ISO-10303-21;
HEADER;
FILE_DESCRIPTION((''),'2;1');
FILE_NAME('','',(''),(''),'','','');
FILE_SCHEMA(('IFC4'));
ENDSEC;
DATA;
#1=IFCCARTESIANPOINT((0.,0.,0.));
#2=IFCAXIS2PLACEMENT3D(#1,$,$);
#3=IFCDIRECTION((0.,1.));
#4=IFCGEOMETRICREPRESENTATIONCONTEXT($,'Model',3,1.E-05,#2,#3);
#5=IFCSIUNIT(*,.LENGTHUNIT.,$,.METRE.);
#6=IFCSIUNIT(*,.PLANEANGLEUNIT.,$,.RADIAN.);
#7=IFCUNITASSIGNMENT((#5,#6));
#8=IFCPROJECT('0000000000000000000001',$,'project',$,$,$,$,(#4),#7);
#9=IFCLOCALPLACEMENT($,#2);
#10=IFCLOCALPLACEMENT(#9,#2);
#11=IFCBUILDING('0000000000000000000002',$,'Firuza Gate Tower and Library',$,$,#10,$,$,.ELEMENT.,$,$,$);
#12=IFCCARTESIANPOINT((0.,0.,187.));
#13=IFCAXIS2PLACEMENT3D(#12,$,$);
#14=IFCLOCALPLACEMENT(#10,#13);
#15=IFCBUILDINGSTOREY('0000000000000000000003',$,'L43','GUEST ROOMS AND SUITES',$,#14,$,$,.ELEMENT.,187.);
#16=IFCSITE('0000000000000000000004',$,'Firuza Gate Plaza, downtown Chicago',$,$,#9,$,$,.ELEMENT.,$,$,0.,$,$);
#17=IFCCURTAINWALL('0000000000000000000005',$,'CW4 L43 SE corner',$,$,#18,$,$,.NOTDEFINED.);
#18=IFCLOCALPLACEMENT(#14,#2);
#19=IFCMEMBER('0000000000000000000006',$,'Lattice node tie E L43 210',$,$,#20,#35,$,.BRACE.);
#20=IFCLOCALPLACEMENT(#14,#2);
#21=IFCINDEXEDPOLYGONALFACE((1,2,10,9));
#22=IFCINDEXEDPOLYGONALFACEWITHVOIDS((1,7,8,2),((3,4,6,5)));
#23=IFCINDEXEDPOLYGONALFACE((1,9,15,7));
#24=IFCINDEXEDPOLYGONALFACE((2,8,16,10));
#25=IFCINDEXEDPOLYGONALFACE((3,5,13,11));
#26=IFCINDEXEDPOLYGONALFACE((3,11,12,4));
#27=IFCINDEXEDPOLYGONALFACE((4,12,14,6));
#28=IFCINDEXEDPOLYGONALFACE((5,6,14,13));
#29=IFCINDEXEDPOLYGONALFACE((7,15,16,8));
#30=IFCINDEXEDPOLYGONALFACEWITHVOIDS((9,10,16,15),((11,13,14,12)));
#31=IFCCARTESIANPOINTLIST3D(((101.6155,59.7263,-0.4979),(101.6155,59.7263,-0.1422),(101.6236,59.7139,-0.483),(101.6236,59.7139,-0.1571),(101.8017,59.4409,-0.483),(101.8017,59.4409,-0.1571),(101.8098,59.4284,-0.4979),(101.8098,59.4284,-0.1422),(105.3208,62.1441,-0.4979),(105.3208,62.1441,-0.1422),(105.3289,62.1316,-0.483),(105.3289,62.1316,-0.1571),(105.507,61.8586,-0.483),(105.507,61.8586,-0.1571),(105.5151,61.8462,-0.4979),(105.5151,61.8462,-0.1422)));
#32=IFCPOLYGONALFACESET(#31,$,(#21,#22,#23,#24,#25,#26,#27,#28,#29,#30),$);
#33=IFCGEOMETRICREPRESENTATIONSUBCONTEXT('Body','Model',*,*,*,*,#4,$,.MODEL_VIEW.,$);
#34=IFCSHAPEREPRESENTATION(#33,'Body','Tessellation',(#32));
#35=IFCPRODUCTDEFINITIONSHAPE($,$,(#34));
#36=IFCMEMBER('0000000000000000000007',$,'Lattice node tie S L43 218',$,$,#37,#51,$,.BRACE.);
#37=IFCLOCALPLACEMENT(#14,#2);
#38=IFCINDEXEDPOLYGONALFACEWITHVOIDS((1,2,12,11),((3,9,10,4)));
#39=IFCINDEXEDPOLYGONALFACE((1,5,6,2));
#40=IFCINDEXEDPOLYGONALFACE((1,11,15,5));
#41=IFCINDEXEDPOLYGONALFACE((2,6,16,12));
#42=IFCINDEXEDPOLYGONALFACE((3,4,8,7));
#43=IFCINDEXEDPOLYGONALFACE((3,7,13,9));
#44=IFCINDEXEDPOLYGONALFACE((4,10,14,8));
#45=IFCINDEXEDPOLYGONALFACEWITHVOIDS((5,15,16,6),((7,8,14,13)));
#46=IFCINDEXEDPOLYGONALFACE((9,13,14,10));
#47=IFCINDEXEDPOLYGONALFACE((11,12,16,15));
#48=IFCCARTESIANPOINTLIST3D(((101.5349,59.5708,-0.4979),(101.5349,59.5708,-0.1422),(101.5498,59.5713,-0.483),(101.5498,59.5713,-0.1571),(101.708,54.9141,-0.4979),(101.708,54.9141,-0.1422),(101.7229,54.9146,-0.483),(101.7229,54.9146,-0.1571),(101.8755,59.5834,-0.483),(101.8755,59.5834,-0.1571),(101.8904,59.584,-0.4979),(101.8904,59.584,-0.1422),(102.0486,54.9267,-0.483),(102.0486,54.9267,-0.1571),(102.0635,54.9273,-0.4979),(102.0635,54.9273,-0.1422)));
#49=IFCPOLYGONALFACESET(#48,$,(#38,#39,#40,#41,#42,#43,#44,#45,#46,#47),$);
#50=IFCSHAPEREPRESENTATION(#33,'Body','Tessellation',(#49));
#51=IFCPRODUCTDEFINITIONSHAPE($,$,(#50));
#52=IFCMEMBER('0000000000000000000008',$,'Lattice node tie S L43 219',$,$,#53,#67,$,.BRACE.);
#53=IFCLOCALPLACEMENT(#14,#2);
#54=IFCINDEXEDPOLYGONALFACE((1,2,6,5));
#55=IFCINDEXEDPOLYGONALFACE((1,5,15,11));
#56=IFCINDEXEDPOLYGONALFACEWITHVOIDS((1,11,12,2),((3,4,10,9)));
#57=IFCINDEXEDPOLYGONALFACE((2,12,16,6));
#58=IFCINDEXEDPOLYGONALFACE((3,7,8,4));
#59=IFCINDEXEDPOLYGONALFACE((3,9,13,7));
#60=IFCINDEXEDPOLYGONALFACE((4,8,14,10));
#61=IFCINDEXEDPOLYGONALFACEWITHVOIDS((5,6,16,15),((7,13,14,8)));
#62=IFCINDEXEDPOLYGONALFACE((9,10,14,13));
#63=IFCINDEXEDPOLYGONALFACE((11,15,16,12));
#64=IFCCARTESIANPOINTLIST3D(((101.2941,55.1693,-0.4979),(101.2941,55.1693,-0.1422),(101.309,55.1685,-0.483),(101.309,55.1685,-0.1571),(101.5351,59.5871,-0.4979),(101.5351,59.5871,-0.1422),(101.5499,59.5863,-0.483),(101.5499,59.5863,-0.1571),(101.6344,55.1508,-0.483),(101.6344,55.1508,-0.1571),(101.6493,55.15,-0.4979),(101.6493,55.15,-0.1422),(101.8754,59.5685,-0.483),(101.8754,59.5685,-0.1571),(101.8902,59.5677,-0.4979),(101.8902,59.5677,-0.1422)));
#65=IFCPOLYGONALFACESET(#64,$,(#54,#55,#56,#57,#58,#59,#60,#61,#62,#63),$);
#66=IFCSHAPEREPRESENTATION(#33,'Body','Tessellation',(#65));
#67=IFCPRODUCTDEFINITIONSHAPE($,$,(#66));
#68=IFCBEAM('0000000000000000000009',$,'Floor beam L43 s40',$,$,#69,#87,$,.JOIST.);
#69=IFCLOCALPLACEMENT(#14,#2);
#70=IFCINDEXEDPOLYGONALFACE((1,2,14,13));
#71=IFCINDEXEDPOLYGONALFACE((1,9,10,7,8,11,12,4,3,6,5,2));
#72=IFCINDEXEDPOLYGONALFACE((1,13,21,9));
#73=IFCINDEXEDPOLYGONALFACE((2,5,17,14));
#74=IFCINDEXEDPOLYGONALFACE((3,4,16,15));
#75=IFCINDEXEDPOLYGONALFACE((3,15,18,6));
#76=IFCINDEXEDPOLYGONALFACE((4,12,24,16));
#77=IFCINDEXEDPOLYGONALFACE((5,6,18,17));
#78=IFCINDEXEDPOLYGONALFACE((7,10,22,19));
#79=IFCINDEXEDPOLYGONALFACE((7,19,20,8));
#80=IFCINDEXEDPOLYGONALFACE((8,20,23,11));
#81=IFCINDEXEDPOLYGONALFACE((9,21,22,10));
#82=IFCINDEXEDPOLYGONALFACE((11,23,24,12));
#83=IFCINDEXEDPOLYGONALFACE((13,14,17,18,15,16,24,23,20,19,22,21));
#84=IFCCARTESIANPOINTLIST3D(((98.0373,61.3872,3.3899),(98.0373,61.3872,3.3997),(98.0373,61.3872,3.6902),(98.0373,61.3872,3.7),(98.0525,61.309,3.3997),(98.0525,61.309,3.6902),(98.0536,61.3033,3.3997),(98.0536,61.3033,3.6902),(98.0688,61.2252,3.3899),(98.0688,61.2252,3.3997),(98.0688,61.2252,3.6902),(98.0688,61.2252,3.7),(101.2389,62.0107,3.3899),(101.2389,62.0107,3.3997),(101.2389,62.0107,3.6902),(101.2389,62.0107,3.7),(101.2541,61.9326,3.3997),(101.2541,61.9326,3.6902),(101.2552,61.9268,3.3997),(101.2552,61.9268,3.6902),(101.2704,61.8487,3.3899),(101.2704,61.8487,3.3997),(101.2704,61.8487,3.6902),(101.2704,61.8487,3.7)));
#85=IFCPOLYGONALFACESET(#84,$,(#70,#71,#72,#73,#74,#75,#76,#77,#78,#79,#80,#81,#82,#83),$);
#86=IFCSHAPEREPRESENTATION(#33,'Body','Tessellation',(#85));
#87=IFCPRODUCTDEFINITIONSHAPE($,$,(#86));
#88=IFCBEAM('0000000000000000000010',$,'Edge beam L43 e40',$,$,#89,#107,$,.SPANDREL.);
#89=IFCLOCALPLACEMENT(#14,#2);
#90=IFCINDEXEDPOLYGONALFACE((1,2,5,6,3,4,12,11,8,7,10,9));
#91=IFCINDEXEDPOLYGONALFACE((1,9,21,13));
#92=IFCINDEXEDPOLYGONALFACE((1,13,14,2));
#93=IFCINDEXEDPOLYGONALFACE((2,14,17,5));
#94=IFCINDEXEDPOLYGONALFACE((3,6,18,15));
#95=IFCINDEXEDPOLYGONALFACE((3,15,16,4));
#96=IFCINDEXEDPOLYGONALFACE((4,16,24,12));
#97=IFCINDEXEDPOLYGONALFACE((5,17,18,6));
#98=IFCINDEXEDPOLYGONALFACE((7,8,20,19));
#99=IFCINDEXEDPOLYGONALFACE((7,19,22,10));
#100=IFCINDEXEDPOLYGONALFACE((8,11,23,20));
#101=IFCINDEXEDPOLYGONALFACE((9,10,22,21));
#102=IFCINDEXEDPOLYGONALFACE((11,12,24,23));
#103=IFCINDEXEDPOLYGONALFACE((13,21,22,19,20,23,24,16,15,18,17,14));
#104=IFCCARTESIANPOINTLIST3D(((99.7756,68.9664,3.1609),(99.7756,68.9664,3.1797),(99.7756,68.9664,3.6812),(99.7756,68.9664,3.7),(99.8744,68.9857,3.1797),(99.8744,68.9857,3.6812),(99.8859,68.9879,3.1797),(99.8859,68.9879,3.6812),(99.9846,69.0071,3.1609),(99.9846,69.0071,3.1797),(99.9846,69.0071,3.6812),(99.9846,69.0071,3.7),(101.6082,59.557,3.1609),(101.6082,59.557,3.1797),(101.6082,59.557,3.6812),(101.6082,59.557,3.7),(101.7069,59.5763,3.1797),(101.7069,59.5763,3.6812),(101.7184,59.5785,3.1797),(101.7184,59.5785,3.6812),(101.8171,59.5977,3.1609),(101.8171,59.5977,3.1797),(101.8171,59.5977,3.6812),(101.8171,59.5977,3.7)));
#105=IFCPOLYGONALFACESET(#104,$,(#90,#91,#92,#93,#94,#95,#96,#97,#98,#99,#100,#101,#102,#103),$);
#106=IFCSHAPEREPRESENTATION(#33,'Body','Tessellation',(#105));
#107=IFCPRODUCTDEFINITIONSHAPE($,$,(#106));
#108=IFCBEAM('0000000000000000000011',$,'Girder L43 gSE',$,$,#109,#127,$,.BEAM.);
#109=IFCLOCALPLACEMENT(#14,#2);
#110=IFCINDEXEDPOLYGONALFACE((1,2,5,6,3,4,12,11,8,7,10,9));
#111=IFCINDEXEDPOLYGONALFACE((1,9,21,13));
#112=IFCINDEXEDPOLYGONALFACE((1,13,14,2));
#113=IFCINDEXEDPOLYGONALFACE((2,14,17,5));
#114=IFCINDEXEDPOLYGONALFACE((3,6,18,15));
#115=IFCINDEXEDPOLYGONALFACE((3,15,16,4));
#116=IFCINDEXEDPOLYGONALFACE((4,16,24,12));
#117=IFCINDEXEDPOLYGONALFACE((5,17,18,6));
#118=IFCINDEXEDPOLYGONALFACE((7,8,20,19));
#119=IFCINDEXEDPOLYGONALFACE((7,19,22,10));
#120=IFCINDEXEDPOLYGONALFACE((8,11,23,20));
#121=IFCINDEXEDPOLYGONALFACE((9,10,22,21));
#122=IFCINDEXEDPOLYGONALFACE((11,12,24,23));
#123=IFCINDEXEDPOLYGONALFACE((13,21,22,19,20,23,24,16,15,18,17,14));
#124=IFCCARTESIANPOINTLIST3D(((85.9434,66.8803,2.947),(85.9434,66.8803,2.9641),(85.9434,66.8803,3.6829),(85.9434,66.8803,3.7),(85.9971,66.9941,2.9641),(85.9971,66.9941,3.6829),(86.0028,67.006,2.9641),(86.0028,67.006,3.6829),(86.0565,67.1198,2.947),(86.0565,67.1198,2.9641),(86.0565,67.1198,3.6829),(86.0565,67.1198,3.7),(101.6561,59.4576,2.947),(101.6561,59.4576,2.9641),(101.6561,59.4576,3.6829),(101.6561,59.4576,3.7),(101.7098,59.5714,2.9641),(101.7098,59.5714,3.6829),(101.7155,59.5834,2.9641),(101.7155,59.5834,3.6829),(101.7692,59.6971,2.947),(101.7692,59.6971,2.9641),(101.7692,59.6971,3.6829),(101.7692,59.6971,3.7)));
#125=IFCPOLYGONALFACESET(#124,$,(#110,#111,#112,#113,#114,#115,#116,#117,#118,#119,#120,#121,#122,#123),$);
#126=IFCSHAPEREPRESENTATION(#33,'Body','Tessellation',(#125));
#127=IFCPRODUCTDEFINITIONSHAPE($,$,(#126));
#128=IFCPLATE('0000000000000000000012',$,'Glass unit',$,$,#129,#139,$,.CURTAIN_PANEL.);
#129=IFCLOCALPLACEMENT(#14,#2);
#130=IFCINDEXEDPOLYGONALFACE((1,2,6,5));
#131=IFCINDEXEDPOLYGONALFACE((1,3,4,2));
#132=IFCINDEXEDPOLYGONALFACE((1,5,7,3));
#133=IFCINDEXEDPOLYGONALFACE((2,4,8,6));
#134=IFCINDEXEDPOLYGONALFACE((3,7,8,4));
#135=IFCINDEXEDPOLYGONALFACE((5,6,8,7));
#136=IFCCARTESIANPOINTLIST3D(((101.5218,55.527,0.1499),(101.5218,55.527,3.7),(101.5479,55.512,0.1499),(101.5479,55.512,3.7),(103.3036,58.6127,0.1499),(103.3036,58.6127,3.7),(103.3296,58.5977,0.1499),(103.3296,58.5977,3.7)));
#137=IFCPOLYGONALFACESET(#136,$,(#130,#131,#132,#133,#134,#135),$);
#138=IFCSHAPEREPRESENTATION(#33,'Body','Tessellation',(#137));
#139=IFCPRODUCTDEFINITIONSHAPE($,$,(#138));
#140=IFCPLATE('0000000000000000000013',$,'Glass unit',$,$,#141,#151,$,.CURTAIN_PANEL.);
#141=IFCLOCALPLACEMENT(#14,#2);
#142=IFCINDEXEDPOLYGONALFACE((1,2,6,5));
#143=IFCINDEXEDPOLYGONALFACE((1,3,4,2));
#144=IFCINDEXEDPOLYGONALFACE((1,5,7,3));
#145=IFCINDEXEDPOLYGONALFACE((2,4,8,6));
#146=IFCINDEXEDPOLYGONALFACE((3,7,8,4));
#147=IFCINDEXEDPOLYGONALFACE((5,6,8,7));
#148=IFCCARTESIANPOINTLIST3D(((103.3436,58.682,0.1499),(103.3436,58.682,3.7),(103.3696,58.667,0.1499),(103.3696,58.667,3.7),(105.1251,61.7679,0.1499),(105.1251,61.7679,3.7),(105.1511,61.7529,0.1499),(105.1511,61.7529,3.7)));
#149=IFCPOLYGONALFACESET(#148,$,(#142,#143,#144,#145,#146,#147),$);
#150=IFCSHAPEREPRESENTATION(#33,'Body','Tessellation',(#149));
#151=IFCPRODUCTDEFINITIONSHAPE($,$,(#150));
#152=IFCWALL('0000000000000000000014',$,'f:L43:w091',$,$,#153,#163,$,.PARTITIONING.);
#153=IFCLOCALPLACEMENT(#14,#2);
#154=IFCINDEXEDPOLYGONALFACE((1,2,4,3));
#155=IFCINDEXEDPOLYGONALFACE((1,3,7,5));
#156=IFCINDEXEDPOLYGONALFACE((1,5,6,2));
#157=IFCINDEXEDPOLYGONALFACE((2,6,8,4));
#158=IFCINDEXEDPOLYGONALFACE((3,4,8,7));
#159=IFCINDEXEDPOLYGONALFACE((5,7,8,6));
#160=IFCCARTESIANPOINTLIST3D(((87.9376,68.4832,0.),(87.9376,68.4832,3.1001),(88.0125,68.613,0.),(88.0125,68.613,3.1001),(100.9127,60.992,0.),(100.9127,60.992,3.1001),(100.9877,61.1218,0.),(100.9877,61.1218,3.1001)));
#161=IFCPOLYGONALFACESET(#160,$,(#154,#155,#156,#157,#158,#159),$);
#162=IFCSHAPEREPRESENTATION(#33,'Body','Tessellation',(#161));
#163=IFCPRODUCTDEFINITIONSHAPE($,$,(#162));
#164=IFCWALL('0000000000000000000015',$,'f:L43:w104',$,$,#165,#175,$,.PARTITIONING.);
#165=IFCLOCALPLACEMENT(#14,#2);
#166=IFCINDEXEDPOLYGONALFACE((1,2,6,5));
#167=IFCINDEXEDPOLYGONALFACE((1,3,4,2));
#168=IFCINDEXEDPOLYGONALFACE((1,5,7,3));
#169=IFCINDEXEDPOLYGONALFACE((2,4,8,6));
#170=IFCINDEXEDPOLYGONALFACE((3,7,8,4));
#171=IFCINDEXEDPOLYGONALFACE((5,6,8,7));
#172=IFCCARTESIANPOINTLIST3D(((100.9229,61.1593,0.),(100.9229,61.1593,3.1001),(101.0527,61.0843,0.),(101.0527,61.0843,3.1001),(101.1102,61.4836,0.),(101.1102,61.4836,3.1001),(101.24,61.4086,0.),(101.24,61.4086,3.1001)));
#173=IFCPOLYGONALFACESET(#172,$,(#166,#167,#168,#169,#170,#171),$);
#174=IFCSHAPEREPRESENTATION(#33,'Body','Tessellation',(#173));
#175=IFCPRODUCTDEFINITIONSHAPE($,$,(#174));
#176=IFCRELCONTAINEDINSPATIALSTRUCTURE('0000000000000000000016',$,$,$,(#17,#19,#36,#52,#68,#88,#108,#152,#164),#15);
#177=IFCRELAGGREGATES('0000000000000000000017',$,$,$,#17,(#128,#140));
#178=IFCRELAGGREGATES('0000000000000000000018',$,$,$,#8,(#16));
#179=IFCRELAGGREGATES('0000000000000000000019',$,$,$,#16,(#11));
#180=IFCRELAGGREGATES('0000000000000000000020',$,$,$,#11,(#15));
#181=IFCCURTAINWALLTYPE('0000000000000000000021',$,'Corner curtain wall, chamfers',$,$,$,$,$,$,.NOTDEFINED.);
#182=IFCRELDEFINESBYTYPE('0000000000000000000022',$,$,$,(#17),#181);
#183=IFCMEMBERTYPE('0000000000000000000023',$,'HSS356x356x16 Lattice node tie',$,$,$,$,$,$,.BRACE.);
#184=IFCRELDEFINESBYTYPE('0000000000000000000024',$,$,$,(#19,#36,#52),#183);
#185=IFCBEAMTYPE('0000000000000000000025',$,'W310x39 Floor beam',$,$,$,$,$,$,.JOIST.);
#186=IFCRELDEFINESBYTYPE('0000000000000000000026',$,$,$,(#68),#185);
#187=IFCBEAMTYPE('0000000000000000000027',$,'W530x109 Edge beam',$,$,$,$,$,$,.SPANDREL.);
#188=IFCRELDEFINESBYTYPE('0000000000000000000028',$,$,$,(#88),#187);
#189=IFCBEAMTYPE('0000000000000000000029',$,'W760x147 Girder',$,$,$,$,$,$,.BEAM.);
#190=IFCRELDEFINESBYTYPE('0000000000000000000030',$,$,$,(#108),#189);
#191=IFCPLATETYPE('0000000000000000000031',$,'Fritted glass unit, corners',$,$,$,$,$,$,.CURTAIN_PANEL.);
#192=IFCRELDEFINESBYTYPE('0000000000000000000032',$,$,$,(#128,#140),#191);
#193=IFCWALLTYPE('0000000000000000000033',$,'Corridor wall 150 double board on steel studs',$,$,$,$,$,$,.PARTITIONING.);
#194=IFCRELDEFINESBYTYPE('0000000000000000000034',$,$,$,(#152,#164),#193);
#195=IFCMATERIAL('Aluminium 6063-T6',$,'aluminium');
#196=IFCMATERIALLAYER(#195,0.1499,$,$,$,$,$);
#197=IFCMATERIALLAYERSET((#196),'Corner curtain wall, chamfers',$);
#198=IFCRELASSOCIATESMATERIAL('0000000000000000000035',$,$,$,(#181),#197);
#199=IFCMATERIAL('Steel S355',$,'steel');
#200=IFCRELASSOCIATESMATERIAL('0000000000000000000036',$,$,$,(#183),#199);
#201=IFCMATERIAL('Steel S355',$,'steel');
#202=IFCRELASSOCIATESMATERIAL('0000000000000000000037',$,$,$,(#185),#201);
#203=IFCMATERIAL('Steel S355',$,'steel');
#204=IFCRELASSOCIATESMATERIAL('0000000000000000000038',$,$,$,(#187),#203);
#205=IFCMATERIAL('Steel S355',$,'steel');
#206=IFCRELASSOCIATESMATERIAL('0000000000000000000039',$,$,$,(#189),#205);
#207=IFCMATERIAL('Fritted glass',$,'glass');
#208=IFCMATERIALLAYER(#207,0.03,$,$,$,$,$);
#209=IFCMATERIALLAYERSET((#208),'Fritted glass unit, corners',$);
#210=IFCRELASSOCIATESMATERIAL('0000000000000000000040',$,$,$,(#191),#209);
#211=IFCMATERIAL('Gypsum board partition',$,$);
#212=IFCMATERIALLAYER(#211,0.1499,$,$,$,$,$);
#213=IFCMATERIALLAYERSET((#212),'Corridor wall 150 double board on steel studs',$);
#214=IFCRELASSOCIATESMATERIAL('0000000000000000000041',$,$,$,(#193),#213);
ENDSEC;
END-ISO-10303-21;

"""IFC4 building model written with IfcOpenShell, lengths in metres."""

from ifc_helpers import new_model, si_unit, direction, frame, frame_2d, origin, origin_2d, place, context, subcontext, project, spatial, polyline, rectangle, hollow_rectangle, i_section, outline, extrude, material, layer, layer_set, material_profile, profile_set, type_object, element, aggregate, save


model = new_model("IFC4")

# Units and contexts
model_context = context("Model", 3, precision=1e-05, world=origin(), true_north=direction((0.0, 1.0)))
body_context = subcontext(model_context, "Body", "Model", "MODEL_VIEW")
ifc_project = project(units=[si_unit("LENGTHUNIT", "METRE"), si_unit("PLANEANGLEUNIT", "RADIAN")], contexts=[model_context])

# Site, building, storey
site_placement = place(None, origin())
site = spatial("IfcSite", under=ifc_project, at=site_placement, Name="Firuza Gate Plaza, downtown Chicago", CompositionType="ELEMENT", RefElevation=0.0)
building_placement = place(site_placement, origin())
building = spatial("IfcBuilding", under=site, at=building_placement, Name="Firuza Gate Tower and Library", CompositionType="ELEMENT")
storey_placement = place(building_placement, frame((0.0, 0.0, 187.0)))
storey = spatial("IfcBuildingStorey", under=building, at=storey_placement, Name="L43", Description="GUEST ROOMS AND SUITES", CompositionType="ELEMENT", Elevation=187.0)

# Curtain wall
ifc_material_1 = material(Name="Aluminium 6063-T6", Category="aluminium")
ifc_layer_1 = layer(ifc_material_1, 0.1499)
ifc_layer_set_1 = layer_set([ifc_layer_1], Name="Corner curtain wall, chamfers")
curtain_wall_type = type_object("IfcCurtainWallType", Name="Corner curtain wall, chamfers", PredefinedType="NOTDEFINED", material=ifc_layer_set_1)
curtain_wall_placement = place(storey_placement, origin())
curtain_wall = element("IfcCurtainWall", 1, at=curtain_wall_placement, inside=storey, type_object=curtain_wall_type, Name="CW4 L43 SE corner", PredefinedType="NOTDEFINED")

# Members
ifc_material_2 = material(Name="Steel S355", Category="steel")
ifc_material_profile_1 = material_profile(ifc_material_2, hollow_rectangle(XDim=0.3557, YDim=0.3557, WallThickness=0.0149, at=origin_2d()))
ifc_profile_set_1 = profile_set([ifc_material_profile_1], Name="Steel S355")
member_type_1 = type_object("IfcMemberType", Name="HSS356x356x16 Lattice node tie", PredefinedType="BRACE", material=ifc_profile_set_1)
member_1_placement = place(storey_placement, frame((101.7126, 59.5774, -0.3201), z_axis=(0.837485, 0.54646, 0.0), x_axis=(-0.54646, 0.837485, 0.0)))
element("IfcMember", 2, at=member_1_placement, inside=storey, type_object=member_type_1, Name="Lattice node tie E L43 210", PredefinedType="BRACE", context=body_context, shape_type="SweptSolid", body=[
    extrude(hollow_rectangle(XDim=0.3557, YDim=0.3557, WallThickness=0.0149, at=origin_2d()), origin(), (0.0, 0.0, 1.0), 4.4243),
])
member_2_placement = place(storey_placement, frame((101.7126, 59.5774, -0.3201), z_axis=(0.037145, -0.99931, 0.0), x_axis=(0.99931, 0.037145, 0.0)))
element("IfcMember", 3, at=member_2_placement, inside=storey, type_object=member_type_1, Name="Lattice node tie S L43 218", PredefinedType="BRACE", context=body_context, shape_type="SweptSolid", body=[
    extrude(hollow_rectangle(XDim=0.3557, YDim=0.3557, WallThickness=0.0149, at=origin_2d()), origin(), (0.0, 0.0, 1.0), 4.6599),
])
member_3_placement = place(storey_placement, frame((101.7126, 59.5774, -0.3201), z_axis=(-0.054464, -0.998516, 0.0), x_axis=(0.998516, -0.054464, 0.0)))
element("IfcMember", 4, at=member_3_placement, inside=storey, type_object=member_type_1, Name="Lattice node tie S L43 219", PredefinedType="BRACE", context=body_context, shape_type="SweptSolid", body=[
    extrude(hollow_rectangle(XDim=0.3557, YDim=0.3557, WallThickness=0.0149, at=origin_2d()), origin(), (0.0, 0.0, 1.0), 4.4243),
])

# Beams
ifc_material_3 = material(Name="Steel S355", Category="steel")
ifc_material_profile_2 = material_profile(ifc_material_3, i_section(OverallWidth=0.165, OverallDepth=0.3101, WebThickness=0.0059, FlangeThickness=0.0098, at=origin_2d()))
ifc_profile_set_2 = profile_set([ifc_material_profile_2], Name="Steel S355")
beam_type_1 = type_object("IfcBeamType", Name="W310x39 Floor beam", PredefinedType="JOIST", material=ifc_profile_set_2)
beam_1_placement = place(storey_placement, frame((101.2546, 61.9297, 3.5449), z_axis=(-0.981558, -0.191162, 0.0), x_axis=(0.191162, -0.981558, 0.0)))
element("IfcBeam", 5, at=beam_1_placement, inside=storey, type_object=beam_type_1, Name="Floor beam L43 s40", PredefinedType="JOIST", context=body_context, shape_type="SweptSolid", body=[
    extrude(i_section(OverallWidth=0.165, OverallDepth=0.3101, WebThickness=0.0059, FlangeThickness=0.0098, at=origin_2d()), origin(), (0.0, 0.0, 1.0), 3.2617),
])
ifc_material_4 = material(Name="Steel S355", Category="steel")
ifc_material_profile_3 = material_profile(ifc_material_4, i_section(OverallWidth=0.2129, OverallDepth=0.5391, WebThickness=0.0117, FlangeThickness=0.0188, at=origin_2d()))
ifc_profile_set_3 = profile_set([ifc_material_profile_3], Name="Steel S355")
beam_type_2 = type_object("IfcBeamType", Name="W530x109 Edge beam", PredefinedType="SPANDREL", material=ifc_profile_set_3)
beam_2_placement = place(storey_placement, frame((101.7126, 59.5774, 3.4304), z_axis=(-0.191162, 0.981558, 0.0), x_axis=(-0.981558, -0.191162, 0.0)))
element("IfcBeam", 6, at=beam_2_placement, inside=storey, type_object=beam_type_2, Name="Edge beam L43 e40", PredefinedType="SPANDREL", context=body_context, shape_type="SweptSolid", body=[
    extrude(i_section(OverallWidth=0.2129, OverallDepth=0.5391, WebThickness=0.0117, FlangeThickness=0.0188, at=origin_2d()), origin(), (0.0, 0.0, 1.0), 9.5862),
])
ifc_material_5 = material(Name="Steel S355", Category="steel")
ifc_material_profile_4 = material_profile(ifc_material_5, i_section(OverallWidth=0.2649, OverallDepth=0.7529, WebThickness=0.0132, FlangeThickness=0.0171, at=origin_2d()))
ifc_profile_set_4 = profile_set([ifc_material_profile_4], Name="Steel S355")
beam_type_3 = type_object("IfcBeamType", Name="W760x147 Girder", PredefinedType="BEAM", material=ifc_profile_set_4)
beam_3_placement = place(storey_placement, frame((101.7126, 59.5774, 3.3235), z_axis=(-0.904188, 0.427136, 0.0), x_axis=(-0.427136, -0.904188, 0.0)))
element("IfcBeam", 7, at=beam_3_placement, inside=storey, type_object=beam_type_3, Name="Girder L43 gSE", PredefinedType="BEAM", context=body_context, shape_type="SweptSolid", body=[
    extrude(i_section(OverallWidth=0.2649, OverallDepth=0.7529, WebThickness=0.0132, FlangeThickness=0.0171, at=origin_2d()), origin(), (0.0, 0.0, 1.0), 17.3777),
])

# Plates
ifc_material_6 = material(Name="Fritted glass", Category="glass")
ifc_layer_2 = layer(ifc_material_6, 0.03)
ifc_layer_set_2 = layer_set([ifc_layer_2], Name="Fritted glass unit, corners")
plate_type = type_object("IfcPlateType", Name="Fritted glass unit, corners", PredefinedType="CURTAIN_PANEL", material=ifc_layer_set_2)
plate_1_placement = place(storey_placement, frame((101.5479, 55.512, 0.1499), z_axis=(0.866, -0.500045, 0.0), x_axis=(0.500045, 0.866, 0.0)))
plate_1 = element("IfcPlate", 8, at=plate_1_placement, type_object=plate_type, Name="Glass unit", PredefinedType="CURTAIN_PANEL", context=body_context, shape_type="SweptSolid", body=[
    extrude(outline(polyline([(0.0, 0.0), (3.5632, 0.0), (3.5632, 3.55), (0.0, 3.55), (0.0, 0.0)])), origin(), (0.0, 0.0, -1.0), 0.03),
])
plate_2_placement = place(storey_placement, frame((103.3696, 58.667, 0.1499), z_axis=(0.866046, -0.499964, 0.0), x_axis=(0.499964, 0.866046, 0.0)))
plate_2 = element("IfcPlate", 9, at=plate_2_placement, type_object=plate_type, Name="Glass unit", PredefinedType="CURTAIN_PANEL", context=body_context, shape_type="SweptSolid", body=[
    extrude(outline(polyline([(0.0, 0.0), (3.5632, 0.0), (3.5632, 3.55), (0.0, 3.55), (0.0, 0.0)])), origin(), (0.0, 0.0, -1.0), 0.03),
])
aggregate(curtain_wall, [plate_1, plate_2])

# Walls
ifc_material_7 = material(Name="Gypsum board partition")
ifc_layer_3 = layer(ifc_material_7, 0.1499)
ifc_layer_set_3 = layer_set([ifc_layer_3], Name="Corridor wall 150 double board on steel studs")
wall_type_1 = type_object("IfcWallType", Name="Corridor wall 150 double board on steel studs", PredefinedType="PARTITIONING", material=ifc_layer_set_3)
wall_1_placement = place(storey_placement, frame((100.9502, 61.0569, 0.0), z_axis=(0.0, 0.0, 1.0), x_axis=(-0.866024, 0.500002, 0.0)))
element("IfcWall", 10, at=wall_1_placement, inside=storey, type_object=wall_type_1, Name="f:L43:w091", PredefinedType="PARTITIONING", context=body_context, shape_type="SweptSolid", body=[
    extrude(rectangle(XDim=14.9824, YDim=0.1499, at=frame_2d((7.4912, 0.0))), origin(), (0.0, 0.0, 1.0), 3.1001),
])
wall_2_placement = place(storey_placement, frame((100.9878, 61.1218, 0.0), z_axis=(0.0, 0.0, 1.0), x_axis=(0.500136, 0.865947, 0.0)))
element("IfcWall", 11, at=wall_2_placement, inside=storey, type_object=wall_type_1, Name="f:L43:w104", PredefinedType="PARTITIONING", context=body_context, shape_type="SweptSolid", body=[
    extrude(rectangle(XDim=0.3745, YDim=0.1499, at=frame_2d((0.1873, 0.0))), origin(), (0.0, 0.0, 1.0), 3.1001),
])

save(model, "model.ifc")
